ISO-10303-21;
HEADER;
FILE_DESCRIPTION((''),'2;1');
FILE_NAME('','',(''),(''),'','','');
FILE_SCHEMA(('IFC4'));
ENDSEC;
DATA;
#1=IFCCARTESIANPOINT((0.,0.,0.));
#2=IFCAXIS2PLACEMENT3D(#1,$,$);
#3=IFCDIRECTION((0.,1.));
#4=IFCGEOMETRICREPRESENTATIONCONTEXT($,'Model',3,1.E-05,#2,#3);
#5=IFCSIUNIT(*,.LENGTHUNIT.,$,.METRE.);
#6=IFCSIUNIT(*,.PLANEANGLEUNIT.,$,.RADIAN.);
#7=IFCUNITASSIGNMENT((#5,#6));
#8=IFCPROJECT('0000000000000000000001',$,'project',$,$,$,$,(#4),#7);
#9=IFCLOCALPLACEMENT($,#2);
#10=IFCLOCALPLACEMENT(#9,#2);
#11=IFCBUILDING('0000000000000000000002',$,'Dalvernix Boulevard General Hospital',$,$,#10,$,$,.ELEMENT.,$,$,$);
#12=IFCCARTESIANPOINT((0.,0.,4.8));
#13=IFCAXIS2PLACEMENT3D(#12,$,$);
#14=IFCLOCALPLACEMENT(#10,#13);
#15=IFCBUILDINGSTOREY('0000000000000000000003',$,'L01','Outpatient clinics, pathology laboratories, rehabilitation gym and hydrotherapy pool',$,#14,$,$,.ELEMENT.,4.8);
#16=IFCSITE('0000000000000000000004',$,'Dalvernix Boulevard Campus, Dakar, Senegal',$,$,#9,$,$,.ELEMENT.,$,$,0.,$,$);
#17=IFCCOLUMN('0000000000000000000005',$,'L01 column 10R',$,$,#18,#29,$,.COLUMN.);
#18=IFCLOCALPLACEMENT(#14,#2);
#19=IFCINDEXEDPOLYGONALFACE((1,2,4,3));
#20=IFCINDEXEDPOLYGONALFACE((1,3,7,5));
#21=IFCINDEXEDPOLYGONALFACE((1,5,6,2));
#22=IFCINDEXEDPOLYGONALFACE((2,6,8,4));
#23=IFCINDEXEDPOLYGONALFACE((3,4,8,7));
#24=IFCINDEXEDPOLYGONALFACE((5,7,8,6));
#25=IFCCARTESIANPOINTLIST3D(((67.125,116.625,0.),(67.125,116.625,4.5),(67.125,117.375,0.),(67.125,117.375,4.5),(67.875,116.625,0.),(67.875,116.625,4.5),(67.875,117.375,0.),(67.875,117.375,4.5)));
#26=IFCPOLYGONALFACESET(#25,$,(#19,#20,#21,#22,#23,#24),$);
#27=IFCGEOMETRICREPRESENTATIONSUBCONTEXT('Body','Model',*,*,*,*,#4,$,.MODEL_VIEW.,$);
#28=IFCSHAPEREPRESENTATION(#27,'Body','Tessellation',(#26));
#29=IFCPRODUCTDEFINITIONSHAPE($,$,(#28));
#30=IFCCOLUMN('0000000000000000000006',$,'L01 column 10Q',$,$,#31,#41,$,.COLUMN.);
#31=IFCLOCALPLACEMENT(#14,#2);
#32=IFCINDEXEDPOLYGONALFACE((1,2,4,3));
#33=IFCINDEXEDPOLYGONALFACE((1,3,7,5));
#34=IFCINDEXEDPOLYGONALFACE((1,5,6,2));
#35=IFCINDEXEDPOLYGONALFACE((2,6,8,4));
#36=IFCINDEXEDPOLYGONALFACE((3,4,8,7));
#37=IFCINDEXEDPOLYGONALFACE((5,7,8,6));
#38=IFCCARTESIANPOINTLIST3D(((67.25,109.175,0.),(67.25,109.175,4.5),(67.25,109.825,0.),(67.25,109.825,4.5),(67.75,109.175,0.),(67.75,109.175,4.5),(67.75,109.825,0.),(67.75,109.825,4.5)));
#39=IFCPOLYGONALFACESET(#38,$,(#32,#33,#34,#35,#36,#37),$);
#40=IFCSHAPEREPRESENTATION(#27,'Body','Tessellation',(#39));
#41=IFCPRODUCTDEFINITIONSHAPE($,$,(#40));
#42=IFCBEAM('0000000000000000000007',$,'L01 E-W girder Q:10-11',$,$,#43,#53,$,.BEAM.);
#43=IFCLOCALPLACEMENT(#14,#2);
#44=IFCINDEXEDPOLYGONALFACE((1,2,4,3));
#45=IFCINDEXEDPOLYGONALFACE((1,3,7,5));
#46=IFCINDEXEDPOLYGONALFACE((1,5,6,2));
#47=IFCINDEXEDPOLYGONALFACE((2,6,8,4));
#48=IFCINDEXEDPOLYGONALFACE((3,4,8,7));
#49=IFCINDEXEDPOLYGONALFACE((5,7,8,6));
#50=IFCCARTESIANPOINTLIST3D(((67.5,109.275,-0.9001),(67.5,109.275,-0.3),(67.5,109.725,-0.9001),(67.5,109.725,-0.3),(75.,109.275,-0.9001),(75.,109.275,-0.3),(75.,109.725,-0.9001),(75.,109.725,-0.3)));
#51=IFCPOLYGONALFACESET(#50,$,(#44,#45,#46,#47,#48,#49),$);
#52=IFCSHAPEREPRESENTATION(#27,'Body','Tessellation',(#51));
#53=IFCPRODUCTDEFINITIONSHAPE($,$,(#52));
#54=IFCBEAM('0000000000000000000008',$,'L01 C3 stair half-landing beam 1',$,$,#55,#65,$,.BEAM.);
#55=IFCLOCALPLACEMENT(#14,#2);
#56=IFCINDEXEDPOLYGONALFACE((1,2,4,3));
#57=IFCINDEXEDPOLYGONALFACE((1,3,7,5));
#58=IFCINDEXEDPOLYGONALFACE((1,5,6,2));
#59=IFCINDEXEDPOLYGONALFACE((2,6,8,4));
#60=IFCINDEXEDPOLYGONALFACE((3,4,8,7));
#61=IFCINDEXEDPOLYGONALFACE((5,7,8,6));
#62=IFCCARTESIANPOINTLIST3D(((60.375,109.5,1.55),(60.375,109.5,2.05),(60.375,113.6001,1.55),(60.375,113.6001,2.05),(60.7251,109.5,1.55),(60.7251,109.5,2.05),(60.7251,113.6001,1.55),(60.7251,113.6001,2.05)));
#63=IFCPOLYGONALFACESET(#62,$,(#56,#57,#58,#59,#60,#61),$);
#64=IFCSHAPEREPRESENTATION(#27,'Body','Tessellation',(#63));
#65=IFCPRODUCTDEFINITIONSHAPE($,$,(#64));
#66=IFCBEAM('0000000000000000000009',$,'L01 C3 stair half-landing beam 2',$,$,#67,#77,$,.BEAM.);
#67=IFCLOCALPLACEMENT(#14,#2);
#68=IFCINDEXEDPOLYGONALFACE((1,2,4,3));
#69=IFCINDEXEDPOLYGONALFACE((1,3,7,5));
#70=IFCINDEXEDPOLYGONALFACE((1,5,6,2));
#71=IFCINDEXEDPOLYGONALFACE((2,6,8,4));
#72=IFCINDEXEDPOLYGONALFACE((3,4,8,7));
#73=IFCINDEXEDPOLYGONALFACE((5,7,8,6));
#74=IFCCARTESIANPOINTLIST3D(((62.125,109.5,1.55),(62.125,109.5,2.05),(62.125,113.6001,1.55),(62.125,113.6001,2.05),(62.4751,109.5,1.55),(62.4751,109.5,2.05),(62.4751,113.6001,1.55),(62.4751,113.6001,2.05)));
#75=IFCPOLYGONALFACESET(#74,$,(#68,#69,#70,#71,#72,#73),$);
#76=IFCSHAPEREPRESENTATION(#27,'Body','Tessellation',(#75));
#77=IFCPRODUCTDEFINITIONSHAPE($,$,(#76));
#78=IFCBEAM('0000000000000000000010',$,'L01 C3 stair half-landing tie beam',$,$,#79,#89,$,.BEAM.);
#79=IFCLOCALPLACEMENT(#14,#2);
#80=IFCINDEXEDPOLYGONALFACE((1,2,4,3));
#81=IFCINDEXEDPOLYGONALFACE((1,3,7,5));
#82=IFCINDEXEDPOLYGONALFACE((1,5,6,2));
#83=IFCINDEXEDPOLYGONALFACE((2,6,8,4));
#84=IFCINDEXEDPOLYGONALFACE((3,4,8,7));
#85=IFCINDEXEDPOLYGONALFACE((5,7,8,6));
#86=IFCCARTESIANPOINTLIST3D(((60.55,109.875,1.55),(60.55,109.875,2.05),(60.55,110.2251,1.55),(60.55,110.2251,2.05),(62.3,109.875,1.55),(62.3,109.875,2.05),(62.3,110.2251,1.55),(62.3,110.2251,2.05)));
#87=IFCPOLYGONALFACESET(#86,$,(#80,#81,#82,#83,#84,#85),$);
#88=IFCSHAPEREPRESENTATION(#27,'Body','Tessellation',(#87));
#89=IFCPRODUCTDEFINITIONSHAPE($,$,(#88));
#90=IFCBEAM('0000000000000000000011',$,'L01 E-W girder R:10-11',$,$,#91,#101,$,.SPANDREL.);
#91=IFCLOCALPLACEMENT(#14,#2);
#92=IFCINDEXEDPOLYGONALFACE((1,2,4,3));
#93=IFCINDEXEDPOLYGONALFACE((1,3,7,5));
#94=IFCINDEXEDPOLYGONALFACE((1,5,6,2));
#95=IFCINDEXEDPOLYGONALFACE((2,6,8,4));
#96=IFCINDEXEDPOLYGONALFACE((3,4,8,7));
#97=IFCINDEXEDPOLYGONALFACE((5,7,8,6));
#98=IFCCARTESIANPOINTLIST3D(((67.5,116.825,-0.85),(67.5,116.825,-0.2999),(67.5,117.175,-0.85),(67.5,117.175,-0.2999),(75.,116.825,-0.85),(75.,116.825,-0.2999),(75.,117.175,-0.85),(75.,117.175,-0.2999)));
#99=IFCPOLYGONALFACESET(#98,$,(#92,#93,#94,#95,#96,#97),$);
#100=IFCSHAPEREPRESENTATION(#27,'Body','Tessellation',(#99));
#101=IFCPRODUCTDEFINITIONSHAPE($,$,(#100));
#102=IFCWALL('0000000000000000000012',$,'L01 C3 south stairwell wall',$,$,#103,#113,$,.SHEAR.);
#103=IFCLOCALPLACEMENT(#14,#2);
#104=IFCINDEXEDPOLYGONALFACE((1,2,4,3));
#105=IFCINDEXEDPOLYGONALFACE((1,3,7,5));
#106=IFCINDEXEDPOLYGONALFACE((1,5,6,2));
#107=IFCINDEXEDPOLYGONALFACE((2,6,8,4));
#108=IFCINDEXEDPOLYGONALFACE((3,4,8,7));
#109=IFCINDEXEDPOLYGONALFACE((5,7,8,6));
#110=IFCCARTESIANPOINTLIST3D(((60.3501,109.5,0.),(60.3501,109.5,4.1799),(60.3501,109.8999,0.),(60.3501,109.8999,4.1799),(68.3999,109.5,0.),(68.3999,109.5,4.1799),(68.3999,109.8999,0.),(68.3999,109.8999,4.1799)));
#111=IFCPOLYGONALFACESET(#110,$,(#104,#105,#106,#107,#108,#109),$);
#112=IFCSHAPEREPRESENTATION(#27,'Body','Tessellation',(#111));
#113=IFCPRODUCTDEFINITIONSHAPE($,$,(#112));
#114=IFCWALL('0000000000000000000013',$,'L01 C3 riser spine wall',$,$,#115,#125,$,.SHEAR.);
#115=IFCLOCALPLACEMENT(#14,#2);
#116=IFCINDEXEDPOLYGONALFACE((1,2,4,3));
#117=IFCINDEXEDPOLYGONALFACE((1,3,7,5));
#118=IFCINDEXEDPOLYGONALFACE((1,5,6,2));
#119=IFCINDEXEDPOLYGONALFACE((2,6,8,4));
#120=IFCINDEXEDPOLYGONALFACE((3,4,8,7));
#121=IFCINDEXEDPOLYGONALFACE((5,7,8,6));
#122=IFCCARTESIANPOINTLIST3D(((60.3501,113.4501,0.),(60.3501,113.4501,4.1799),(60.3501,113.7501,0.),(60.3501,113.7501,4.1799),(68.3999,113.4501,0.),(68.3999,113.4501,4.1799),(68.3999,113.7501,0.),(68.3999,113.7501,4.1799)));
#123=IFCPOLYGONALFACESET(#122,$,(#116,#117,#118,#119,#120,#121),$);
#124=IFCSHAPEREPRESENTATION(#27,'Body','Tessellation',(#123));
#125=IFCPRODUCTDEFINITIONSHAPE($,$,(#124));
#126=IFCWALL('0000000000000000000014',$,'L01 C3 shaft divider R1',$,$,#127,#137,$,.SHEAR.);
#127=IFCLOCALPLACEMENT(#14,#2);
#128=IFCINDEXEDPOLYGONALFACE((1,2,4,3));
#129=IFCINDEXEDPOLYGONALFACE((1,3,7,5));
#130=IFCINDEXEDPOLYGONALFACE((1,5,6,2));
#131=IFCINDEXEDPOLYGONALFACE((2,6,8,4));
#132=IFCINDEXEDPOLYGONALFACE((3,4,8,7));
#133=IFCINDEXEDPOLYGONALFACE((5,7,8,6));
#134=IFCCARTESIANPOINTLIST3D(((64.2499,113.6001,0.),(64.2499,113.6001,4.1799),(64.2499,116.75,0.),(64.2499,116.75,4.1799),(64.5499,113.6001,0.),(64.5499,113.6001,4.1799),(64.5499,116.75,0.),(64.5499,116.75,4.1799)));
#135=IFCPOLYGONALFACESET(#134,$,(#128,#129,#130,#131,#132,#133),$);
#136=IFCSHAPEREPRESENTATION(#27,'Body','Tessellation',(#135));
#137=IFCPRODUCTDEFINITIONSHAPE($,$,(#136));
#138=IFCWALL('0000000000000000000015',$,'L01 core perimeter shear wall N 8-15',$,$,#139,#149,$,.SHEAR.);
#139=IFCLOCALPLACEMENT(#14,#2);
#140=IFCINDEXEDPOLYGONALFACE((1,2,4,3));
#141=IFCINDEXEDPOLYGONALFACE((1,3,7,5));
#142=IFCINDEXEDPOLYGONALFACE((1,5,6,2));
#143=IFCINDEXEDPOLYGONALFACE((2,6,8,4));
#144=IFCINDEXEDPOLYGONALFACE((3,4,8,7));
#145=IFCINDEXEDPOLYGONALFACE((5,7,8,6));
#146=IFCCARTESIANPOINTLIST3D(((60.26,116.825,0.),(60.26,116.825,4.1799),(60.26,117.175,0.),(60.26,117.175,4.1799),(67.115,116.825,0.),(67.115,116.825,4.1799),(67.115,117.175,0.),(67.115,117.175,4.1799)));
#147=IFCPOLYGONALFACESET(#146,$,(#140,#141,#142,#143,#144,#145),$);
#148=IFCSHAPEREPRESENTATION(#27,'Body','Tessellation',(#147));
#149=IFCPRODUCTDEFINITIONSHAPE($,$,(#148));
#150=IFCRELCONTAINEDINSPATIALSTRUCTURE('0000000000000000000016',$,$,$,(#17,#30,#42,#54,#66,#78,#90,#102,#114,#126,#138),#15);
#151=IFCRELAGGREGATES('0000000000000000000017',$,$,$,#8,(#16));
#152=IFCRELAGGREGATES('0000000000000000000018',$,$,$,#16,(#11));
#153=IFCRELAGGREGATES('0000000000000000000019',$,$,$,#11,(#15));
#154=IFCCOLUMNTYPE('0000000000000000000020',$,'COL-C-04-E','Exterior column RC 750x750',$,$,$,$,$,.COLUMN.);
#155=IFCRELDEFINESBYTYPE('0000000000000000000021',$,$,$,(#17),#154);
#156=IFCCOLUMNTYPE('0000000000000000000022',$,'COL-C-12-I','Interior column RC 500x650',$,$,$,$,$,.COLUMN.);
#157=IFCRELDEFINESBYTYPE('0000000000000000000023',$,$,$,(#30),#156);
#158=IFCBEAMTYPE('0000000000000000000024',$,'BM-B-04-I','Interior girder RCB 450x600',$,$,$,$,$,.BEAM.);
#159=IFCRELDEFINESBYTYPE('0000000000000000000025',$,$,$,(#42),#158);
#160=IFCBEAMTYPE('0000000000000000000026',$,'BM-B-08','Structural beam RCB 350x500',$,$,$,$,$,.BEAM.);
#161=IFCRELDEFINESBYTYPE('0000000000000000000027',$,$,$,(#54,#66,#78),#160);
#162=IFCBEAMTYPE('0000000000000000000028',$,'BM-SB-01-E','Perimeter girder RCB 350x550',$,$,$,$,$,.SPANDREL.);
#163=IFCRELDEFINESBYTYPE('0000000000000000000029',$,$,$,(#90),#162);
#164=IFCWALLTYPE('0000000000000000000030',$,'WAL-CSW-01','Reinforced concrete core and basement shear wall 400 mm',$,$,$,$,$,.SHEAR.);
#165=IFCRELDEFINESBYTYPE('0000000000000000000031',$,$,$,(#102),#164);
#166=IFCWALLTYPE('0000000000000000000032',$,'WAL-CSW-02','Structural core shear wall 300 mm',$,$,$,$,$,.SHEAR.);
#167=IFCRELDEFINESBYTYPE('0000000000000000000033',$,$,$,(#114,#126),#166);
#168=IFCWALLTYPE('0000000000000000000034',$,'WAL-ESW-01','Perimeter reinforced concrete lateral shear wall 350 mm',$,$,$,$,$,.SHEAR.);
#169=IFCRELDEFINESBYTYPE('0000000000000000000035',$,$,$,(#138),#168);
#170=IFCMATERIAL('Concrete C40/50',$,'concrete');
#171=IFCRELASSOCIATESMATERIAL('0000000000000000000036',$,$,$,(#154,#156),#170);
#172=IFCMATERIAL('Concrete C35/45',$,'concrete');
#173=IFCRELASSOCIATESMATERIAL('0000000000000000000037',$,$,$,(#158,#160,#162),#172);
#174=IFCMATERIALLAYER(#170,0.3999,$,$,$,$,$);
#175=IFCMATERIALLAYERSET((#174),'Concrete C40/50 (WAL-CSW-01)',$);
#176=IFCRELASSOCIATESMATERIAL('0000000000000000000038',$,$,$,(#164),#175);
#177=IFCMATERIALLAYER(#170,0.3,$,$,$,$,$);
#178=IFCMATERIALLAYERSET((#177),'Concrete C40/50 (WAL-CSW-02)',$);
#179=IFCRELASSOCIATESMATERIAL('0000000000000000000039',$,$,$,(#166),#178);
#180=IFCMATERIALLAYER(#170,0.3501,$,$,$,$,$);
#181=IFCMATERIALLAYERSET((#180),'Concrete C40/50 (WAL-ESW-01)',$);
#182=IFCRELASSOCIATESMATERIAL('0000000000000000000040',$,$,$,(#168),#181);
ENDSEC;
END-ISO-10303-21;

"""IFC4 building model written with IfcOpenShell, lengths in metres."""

from ifc_helpers import new_model, si_unit, direction, frame, frame_2d, origin, origin_2d, place, context, subcontext, project, spatial, rectangle, extrude, material, layer, layer_set, material_profile, profile_set, type_object, element, save


model = new_model("IFC4")

# Units and contexts
model_context = context("Model", 3, precision=1e-05, world=origin(), true_north=direction((0.0, 1.0)))
body_context = subcontext(model_context, "Body", "Model", "MODEL_VIEW")
ifc_project = project(units=[si_unit("LENGTHUNIT", "METRE"), si_unit("PLANEANGLEUNIT", "RADIAN")], contexts=[model_context])

# Site, building, storey
site_placement = place(None, origin())
site = spatial("IfcSite", under=ifc_project, at=site_placement, Name="Dalvernix Boulevard Campus, Dakar, Senegal", CompositionType="ELEMENT", RefElevation=0.0)
building_placement = place(site_placement, origin())
building = spatial("IfcBuilding", under=site, at=building_placement, Name="Dalvernix Boulevard General Hospital", CompositionType="ELEMENT")
storey_placement = place(building_placement, frame((0.0, 0.0, 4.8)))
storey = spatial("IfcBuildingStorey", under=building, at=storey_placement, Name="L01", Description="Outpatient clinics, pathology laboratories, rehabilitation gym and hydrotherapy pool", CompositionType="ELEMENT", Elevation=4.8)

# Columns
ifc_material_1 = material(Name="Concrete C40/50", Category="concrete")
ifc_material_profile_1 = material_profile(ifc_material_1, rectangle(XDim=0.75, YDim=0.75, at=origin_2d()), Name="RC 750x750")
ifc_profile_set_1 = profile_set([ifc_material_profile_1], Name="Concrete C40/50")
column_type_1 = type_object("IfcColumnType", Name="COL-C-04-E", Description="Exterior column RC 750x750", PredefinedType="COLUMN", material=ifc_profile_set_1)
column_1_placement = place(storey_placement, frame((67.5, 117.0, 0.0), z_axis=(0.0, 0.0, 1.0), x_axis=(1.0, 0.0, 0.0)))
element("IfcColumn", 1, at=column_1_placement, inside=storey, type_object=column_type_1, Name="L01 column 10R", PredefinedType="COLUMN", context=body_context, shape_type="SweptSolid", body=[
    extrude(rectangle(XDim=0.75, YDim=0.75, at=origin_2d()), origin(), (0.0, 0.0, 1.0), 4.5),
])
ifc_material_profile_2 = material_profile(ifc_material_1, rectangle(XDim=0.5, YDim=0.6499, at=origin_2d()), Name="RC 500x650")
ifc_profile_set_2 = profile_set([ifc_material_profile_2], Name="Concrete C40/50")
column_type_2 = type_object("IfcColumnType", Name="COL-C-12-I", Description="Interior column RC 500x650", PredefinedType="COLUMN", material=ifc_profile_set_2)
column_2_placement = place(storey_placement, frame((67.5, 109.5, 0.0), z_axis=(0.0, 0.0, 1.0), x_axis=(1.0, 0.0, 0.0)))
element("IfcColumn", 2, at=column_2_placement, inside=storey, type_object=column_type_2, Name="L01 column 10Q", PredefinedType="COLUMN", context=body_context, shape_type="SweptSolid", body=[
    extrude(rectangle(XDim=0.5, YDim=0.6499, at=origin_2d()), origin(), (0.0, 0.0, 1.0), 4.5),
])

# Beams
ifc_material_2 = material(Name="Concrete C35/45", Category="concrete")
ifc_material_profile_3 = material_profile(ifc_material_2, rectangle(XDim=0.45, YDim=0.6001, at=origin_2d()), Name="RCB 450x600")
ifc_profile_set_3 = profile_set([ifc_material_profile_3], Name="Concrete C35/45")
beam_type_1 = type_object("IfcBeamType", Name="BM-B-04-I", Description="Interior girder RCB 450x600", PredefinedType="BEAM", material=ifc_profile_set_3)
beam_1_placement = place(storey_placement, frame((67.5, 109.5, -0.6001), z_axis=(1.0, 0.0, 0.0), x_axis=(0.0, 1.0, 0.0)))
element("IfcBeam", 3, at=beam_1_placement, inside=storey, type_object=beam_type_1, Name="L01 E-W girder Q:10-11", PredefinedType="BEAM", context=body_context, shape_type="SweptSolid", body=[
    extrude(rectangle(XDim=0.45, YDim=0.6001, at=origin_2d()), origin(), (0.0, 0.0, 1.0), 7.5),
])
ifc_material_profile_4 = material_profile(ifc_material_2, rectangle(XDim=0.3501, YDim=0.5, at=origin_2d()), Name="RCB 350x500")
ifc_profile_set_4 = profile_set([ifc_material_profile_4], Name="Concrete C35/45")
beam_type_2 = type_object("IfcBeamType", Name="BM-B-08", Description="Structural beam RCB 350x500", PredefinedType="BEAM", material=ifc_profile_set_4)
for number, where, z_axis, x_axis, name in (
    (4, (60.55, 109.5, 1.8), (0.0, 1.0, 0.0), (-1.0, 0.0, 0.0), "L01 C3 stair half-landing beam 1"),
    (5, (62.3, 109.5, 1.8), (0.0, 1.0, 0.0), (-1.0, 0.0, 0.0), "L01 C3 stair half-landing beam 2"),
):
    element("IfcBeam", number, at=place(storey_placement, frame(where, z_axis=z_axis, x_axis=x_axis)), inside=storey, type_object=beam_type_2, Name=name, PredefinedType="BEAM", context=body_context, shape_type="SweptSolid", body=[
        extrude(rectangle(XDim=0.3501, YDim=0.5, at=origin_2d()), origin(), (0.0, 0.0, 1.0), 4.1001),
    ])
beam_2_placement = place(storey_placement, frame((60.55, 110.05, 1.8), z_axis=(1.0, 0.0, 0.0), x_axis=(0.0, 1.0, 0.0)))
element("IfcBeam", 6, at=beam_2_placement, inside=storey, type_object=beam_type_2, Name="L01 C3 stair half-landing tie beam", PredefinedType="BEAM", context=body_context, shape_type="SweptSolid", body=[
    extrude(rectangle(XDim=0.3501, YDim=0.5, at=origin_2d()), origin(), (0.0, 0.0, 1.0), 1.75),
])
ifc_material_profile_5 = material_profile(ifc_material_2, rectangle(XDim=0.3501, YDim=0.55, at=origin_2d()), Name="RCB 350x550")
ifc_profile_set_5 = profile_set([ifc_material_profile_5], Name="Concrete C35/45")
beam_type_3 = type_object("IfcBeamType", Name="BM-SB-01-E", Description="Perimeter girder RCB 350x550", PredefinedType="SPANDREL", material=ifc_profile_set_5)
beam_3_placement = place(storey_placement, frame((67.5, 117.0, -0.575), z_axis=(1.0, 0.0, 0.0), x_axis=(0.0, 1.0, 0.0)))
element("IfcBeam", 7, at=beam_3_placement, inside=storey, type_object=beam_type_3, Name="L01 E-W girder R:10-11", PredefinedType="SPANDREL", context=body_context, shape_type="SweptSolid", body=[
    extrude(rectangle(XDim=0.3501, YDim=0.55, at=origin_2d()), origin(), (0.0, 0.0, 1.0), 7.5),
])

# Walls
ifc_layer_1 = layer(ifc_material_1, 0.3999)
ifc_layer_set_1 = layer_set([ifc_layer_1], Name="Concrete C40/50 (WAL-CSW-01)")
wall_type_1 = type_object("IfcWallType", Name="WAL-CSW-01", Description="Reinforced concrete core and basement shear wall 400 mm", PredefinedType="SHEAR", material=ifc_layer_set_1)
wall_1_placement = place(storey_placement, frame((60.3501, 109.7, 0.0), z_axis=(0.0, 0.0, 1.0), x_axis=(1.0, 0.0, 0.0)))
element("IfcWall", 8, at=wall_1_placement, inside=storey, type_object=wall_type_1, Name="L01 C3 south stairwell wall", PredefinedType="SHEAR", context=body_context, shape_type="SweptSolid", body=[
    extrude(rectangle(XDim=8.0498, YDim=0.3999, at=frame_2d((4.0249, 0.0))), origin(), (0.0, 0.0, 1.0), 4.1799),
])
ifc_layer_2 = layer(ifc_material_1, 0.3)
ifc_layer_set_2 = layer_set([ifc_layer_2], Name="Concrete C40/50 (WAL-CSW-02)")
wall_type_2 = type_object("IfcWallType", Name="WAL-CSW-02", Description="Structural core shear wall 300 mm", PredefinedType="SHEAR", material=ifc_layer_set_2)
wall_2_placement = place(storey_placement, frame((60.3501, 113.6001, 0.0), z_axis=(0.0, 0.0, 1.0), x_axis=(1.0, 0.0, 0.0)))
element("IfcWall", 9, at=wall_2_placement, inside=storey, type_object=wall_type_2, Name="L01 C3 riser spine wall", PredefinedType="SHEAR", context=body_context, shape_type="SweptSolid", body=[
    extrude(rectangle(XDim=8.0498, YDim=0.3, at=frame_2d((4.0249, 0.0))), origin(), (0.0, 0.0, 1.0), 4.1799),
])
wall_3_placement = place(storey_placement, frame((64.3999, 113.6001, 0.0), z_axis=(0.0, 0.0, 1.0), x_axis=(0.0, 1.0, 0.0)))
element("IfcWall", 10, at=wall_3_placement, inside=storey, type_object=wall_type_2, Name="L01 C3 shaft divider R1", PredefinedType="SHEAR", context=body_context, shape_type="SweptSolid", body=[
    extrude(rectangle(XDim=3.1499, YDim=0.3, at=frame_2d((1.575, 0.0))), origin(), (0.0, 0.0, 1.0), 4.1799),
])
ifc_layer_3 = layer(ifc_material_1, 0.3501)
ifc_layer_set_3 = layer_set([ifc_layer_3], Name="Concrete C40/50 (WAL-ESW-01)")
wall_type_3 = type_object("IfcWallType", Name="WAL-ESW-01", Description="Perimeter reinforced concrete lateral shear wall 350 mm", PredefinedType="SHEAR", material=ifc_layer_set_3)
wall_4_placement = place(storey_placement, frame((60.26, 117.0, 0.0), z_axis=(0.0, 0.0, 1.0), x_axis=(1.0, 0.0, 0.0)))
element("IfcWall", 11, at=wall_4_placement, inside=storey, type_object=wall_type_3, Name="L01 core perimeter shear wall N 8-15", PredefinedType="SHEAR", context=body_context, shape_type="SweptSolid", body=[
    extrude(rectangle(XDim=6.855, YDim=0.3501, at=frame_2d((3.4275, 0.0))), origin(), (0.0, 0.0, 1.0), 4.1799),
])

save(model, "model.ifc")
